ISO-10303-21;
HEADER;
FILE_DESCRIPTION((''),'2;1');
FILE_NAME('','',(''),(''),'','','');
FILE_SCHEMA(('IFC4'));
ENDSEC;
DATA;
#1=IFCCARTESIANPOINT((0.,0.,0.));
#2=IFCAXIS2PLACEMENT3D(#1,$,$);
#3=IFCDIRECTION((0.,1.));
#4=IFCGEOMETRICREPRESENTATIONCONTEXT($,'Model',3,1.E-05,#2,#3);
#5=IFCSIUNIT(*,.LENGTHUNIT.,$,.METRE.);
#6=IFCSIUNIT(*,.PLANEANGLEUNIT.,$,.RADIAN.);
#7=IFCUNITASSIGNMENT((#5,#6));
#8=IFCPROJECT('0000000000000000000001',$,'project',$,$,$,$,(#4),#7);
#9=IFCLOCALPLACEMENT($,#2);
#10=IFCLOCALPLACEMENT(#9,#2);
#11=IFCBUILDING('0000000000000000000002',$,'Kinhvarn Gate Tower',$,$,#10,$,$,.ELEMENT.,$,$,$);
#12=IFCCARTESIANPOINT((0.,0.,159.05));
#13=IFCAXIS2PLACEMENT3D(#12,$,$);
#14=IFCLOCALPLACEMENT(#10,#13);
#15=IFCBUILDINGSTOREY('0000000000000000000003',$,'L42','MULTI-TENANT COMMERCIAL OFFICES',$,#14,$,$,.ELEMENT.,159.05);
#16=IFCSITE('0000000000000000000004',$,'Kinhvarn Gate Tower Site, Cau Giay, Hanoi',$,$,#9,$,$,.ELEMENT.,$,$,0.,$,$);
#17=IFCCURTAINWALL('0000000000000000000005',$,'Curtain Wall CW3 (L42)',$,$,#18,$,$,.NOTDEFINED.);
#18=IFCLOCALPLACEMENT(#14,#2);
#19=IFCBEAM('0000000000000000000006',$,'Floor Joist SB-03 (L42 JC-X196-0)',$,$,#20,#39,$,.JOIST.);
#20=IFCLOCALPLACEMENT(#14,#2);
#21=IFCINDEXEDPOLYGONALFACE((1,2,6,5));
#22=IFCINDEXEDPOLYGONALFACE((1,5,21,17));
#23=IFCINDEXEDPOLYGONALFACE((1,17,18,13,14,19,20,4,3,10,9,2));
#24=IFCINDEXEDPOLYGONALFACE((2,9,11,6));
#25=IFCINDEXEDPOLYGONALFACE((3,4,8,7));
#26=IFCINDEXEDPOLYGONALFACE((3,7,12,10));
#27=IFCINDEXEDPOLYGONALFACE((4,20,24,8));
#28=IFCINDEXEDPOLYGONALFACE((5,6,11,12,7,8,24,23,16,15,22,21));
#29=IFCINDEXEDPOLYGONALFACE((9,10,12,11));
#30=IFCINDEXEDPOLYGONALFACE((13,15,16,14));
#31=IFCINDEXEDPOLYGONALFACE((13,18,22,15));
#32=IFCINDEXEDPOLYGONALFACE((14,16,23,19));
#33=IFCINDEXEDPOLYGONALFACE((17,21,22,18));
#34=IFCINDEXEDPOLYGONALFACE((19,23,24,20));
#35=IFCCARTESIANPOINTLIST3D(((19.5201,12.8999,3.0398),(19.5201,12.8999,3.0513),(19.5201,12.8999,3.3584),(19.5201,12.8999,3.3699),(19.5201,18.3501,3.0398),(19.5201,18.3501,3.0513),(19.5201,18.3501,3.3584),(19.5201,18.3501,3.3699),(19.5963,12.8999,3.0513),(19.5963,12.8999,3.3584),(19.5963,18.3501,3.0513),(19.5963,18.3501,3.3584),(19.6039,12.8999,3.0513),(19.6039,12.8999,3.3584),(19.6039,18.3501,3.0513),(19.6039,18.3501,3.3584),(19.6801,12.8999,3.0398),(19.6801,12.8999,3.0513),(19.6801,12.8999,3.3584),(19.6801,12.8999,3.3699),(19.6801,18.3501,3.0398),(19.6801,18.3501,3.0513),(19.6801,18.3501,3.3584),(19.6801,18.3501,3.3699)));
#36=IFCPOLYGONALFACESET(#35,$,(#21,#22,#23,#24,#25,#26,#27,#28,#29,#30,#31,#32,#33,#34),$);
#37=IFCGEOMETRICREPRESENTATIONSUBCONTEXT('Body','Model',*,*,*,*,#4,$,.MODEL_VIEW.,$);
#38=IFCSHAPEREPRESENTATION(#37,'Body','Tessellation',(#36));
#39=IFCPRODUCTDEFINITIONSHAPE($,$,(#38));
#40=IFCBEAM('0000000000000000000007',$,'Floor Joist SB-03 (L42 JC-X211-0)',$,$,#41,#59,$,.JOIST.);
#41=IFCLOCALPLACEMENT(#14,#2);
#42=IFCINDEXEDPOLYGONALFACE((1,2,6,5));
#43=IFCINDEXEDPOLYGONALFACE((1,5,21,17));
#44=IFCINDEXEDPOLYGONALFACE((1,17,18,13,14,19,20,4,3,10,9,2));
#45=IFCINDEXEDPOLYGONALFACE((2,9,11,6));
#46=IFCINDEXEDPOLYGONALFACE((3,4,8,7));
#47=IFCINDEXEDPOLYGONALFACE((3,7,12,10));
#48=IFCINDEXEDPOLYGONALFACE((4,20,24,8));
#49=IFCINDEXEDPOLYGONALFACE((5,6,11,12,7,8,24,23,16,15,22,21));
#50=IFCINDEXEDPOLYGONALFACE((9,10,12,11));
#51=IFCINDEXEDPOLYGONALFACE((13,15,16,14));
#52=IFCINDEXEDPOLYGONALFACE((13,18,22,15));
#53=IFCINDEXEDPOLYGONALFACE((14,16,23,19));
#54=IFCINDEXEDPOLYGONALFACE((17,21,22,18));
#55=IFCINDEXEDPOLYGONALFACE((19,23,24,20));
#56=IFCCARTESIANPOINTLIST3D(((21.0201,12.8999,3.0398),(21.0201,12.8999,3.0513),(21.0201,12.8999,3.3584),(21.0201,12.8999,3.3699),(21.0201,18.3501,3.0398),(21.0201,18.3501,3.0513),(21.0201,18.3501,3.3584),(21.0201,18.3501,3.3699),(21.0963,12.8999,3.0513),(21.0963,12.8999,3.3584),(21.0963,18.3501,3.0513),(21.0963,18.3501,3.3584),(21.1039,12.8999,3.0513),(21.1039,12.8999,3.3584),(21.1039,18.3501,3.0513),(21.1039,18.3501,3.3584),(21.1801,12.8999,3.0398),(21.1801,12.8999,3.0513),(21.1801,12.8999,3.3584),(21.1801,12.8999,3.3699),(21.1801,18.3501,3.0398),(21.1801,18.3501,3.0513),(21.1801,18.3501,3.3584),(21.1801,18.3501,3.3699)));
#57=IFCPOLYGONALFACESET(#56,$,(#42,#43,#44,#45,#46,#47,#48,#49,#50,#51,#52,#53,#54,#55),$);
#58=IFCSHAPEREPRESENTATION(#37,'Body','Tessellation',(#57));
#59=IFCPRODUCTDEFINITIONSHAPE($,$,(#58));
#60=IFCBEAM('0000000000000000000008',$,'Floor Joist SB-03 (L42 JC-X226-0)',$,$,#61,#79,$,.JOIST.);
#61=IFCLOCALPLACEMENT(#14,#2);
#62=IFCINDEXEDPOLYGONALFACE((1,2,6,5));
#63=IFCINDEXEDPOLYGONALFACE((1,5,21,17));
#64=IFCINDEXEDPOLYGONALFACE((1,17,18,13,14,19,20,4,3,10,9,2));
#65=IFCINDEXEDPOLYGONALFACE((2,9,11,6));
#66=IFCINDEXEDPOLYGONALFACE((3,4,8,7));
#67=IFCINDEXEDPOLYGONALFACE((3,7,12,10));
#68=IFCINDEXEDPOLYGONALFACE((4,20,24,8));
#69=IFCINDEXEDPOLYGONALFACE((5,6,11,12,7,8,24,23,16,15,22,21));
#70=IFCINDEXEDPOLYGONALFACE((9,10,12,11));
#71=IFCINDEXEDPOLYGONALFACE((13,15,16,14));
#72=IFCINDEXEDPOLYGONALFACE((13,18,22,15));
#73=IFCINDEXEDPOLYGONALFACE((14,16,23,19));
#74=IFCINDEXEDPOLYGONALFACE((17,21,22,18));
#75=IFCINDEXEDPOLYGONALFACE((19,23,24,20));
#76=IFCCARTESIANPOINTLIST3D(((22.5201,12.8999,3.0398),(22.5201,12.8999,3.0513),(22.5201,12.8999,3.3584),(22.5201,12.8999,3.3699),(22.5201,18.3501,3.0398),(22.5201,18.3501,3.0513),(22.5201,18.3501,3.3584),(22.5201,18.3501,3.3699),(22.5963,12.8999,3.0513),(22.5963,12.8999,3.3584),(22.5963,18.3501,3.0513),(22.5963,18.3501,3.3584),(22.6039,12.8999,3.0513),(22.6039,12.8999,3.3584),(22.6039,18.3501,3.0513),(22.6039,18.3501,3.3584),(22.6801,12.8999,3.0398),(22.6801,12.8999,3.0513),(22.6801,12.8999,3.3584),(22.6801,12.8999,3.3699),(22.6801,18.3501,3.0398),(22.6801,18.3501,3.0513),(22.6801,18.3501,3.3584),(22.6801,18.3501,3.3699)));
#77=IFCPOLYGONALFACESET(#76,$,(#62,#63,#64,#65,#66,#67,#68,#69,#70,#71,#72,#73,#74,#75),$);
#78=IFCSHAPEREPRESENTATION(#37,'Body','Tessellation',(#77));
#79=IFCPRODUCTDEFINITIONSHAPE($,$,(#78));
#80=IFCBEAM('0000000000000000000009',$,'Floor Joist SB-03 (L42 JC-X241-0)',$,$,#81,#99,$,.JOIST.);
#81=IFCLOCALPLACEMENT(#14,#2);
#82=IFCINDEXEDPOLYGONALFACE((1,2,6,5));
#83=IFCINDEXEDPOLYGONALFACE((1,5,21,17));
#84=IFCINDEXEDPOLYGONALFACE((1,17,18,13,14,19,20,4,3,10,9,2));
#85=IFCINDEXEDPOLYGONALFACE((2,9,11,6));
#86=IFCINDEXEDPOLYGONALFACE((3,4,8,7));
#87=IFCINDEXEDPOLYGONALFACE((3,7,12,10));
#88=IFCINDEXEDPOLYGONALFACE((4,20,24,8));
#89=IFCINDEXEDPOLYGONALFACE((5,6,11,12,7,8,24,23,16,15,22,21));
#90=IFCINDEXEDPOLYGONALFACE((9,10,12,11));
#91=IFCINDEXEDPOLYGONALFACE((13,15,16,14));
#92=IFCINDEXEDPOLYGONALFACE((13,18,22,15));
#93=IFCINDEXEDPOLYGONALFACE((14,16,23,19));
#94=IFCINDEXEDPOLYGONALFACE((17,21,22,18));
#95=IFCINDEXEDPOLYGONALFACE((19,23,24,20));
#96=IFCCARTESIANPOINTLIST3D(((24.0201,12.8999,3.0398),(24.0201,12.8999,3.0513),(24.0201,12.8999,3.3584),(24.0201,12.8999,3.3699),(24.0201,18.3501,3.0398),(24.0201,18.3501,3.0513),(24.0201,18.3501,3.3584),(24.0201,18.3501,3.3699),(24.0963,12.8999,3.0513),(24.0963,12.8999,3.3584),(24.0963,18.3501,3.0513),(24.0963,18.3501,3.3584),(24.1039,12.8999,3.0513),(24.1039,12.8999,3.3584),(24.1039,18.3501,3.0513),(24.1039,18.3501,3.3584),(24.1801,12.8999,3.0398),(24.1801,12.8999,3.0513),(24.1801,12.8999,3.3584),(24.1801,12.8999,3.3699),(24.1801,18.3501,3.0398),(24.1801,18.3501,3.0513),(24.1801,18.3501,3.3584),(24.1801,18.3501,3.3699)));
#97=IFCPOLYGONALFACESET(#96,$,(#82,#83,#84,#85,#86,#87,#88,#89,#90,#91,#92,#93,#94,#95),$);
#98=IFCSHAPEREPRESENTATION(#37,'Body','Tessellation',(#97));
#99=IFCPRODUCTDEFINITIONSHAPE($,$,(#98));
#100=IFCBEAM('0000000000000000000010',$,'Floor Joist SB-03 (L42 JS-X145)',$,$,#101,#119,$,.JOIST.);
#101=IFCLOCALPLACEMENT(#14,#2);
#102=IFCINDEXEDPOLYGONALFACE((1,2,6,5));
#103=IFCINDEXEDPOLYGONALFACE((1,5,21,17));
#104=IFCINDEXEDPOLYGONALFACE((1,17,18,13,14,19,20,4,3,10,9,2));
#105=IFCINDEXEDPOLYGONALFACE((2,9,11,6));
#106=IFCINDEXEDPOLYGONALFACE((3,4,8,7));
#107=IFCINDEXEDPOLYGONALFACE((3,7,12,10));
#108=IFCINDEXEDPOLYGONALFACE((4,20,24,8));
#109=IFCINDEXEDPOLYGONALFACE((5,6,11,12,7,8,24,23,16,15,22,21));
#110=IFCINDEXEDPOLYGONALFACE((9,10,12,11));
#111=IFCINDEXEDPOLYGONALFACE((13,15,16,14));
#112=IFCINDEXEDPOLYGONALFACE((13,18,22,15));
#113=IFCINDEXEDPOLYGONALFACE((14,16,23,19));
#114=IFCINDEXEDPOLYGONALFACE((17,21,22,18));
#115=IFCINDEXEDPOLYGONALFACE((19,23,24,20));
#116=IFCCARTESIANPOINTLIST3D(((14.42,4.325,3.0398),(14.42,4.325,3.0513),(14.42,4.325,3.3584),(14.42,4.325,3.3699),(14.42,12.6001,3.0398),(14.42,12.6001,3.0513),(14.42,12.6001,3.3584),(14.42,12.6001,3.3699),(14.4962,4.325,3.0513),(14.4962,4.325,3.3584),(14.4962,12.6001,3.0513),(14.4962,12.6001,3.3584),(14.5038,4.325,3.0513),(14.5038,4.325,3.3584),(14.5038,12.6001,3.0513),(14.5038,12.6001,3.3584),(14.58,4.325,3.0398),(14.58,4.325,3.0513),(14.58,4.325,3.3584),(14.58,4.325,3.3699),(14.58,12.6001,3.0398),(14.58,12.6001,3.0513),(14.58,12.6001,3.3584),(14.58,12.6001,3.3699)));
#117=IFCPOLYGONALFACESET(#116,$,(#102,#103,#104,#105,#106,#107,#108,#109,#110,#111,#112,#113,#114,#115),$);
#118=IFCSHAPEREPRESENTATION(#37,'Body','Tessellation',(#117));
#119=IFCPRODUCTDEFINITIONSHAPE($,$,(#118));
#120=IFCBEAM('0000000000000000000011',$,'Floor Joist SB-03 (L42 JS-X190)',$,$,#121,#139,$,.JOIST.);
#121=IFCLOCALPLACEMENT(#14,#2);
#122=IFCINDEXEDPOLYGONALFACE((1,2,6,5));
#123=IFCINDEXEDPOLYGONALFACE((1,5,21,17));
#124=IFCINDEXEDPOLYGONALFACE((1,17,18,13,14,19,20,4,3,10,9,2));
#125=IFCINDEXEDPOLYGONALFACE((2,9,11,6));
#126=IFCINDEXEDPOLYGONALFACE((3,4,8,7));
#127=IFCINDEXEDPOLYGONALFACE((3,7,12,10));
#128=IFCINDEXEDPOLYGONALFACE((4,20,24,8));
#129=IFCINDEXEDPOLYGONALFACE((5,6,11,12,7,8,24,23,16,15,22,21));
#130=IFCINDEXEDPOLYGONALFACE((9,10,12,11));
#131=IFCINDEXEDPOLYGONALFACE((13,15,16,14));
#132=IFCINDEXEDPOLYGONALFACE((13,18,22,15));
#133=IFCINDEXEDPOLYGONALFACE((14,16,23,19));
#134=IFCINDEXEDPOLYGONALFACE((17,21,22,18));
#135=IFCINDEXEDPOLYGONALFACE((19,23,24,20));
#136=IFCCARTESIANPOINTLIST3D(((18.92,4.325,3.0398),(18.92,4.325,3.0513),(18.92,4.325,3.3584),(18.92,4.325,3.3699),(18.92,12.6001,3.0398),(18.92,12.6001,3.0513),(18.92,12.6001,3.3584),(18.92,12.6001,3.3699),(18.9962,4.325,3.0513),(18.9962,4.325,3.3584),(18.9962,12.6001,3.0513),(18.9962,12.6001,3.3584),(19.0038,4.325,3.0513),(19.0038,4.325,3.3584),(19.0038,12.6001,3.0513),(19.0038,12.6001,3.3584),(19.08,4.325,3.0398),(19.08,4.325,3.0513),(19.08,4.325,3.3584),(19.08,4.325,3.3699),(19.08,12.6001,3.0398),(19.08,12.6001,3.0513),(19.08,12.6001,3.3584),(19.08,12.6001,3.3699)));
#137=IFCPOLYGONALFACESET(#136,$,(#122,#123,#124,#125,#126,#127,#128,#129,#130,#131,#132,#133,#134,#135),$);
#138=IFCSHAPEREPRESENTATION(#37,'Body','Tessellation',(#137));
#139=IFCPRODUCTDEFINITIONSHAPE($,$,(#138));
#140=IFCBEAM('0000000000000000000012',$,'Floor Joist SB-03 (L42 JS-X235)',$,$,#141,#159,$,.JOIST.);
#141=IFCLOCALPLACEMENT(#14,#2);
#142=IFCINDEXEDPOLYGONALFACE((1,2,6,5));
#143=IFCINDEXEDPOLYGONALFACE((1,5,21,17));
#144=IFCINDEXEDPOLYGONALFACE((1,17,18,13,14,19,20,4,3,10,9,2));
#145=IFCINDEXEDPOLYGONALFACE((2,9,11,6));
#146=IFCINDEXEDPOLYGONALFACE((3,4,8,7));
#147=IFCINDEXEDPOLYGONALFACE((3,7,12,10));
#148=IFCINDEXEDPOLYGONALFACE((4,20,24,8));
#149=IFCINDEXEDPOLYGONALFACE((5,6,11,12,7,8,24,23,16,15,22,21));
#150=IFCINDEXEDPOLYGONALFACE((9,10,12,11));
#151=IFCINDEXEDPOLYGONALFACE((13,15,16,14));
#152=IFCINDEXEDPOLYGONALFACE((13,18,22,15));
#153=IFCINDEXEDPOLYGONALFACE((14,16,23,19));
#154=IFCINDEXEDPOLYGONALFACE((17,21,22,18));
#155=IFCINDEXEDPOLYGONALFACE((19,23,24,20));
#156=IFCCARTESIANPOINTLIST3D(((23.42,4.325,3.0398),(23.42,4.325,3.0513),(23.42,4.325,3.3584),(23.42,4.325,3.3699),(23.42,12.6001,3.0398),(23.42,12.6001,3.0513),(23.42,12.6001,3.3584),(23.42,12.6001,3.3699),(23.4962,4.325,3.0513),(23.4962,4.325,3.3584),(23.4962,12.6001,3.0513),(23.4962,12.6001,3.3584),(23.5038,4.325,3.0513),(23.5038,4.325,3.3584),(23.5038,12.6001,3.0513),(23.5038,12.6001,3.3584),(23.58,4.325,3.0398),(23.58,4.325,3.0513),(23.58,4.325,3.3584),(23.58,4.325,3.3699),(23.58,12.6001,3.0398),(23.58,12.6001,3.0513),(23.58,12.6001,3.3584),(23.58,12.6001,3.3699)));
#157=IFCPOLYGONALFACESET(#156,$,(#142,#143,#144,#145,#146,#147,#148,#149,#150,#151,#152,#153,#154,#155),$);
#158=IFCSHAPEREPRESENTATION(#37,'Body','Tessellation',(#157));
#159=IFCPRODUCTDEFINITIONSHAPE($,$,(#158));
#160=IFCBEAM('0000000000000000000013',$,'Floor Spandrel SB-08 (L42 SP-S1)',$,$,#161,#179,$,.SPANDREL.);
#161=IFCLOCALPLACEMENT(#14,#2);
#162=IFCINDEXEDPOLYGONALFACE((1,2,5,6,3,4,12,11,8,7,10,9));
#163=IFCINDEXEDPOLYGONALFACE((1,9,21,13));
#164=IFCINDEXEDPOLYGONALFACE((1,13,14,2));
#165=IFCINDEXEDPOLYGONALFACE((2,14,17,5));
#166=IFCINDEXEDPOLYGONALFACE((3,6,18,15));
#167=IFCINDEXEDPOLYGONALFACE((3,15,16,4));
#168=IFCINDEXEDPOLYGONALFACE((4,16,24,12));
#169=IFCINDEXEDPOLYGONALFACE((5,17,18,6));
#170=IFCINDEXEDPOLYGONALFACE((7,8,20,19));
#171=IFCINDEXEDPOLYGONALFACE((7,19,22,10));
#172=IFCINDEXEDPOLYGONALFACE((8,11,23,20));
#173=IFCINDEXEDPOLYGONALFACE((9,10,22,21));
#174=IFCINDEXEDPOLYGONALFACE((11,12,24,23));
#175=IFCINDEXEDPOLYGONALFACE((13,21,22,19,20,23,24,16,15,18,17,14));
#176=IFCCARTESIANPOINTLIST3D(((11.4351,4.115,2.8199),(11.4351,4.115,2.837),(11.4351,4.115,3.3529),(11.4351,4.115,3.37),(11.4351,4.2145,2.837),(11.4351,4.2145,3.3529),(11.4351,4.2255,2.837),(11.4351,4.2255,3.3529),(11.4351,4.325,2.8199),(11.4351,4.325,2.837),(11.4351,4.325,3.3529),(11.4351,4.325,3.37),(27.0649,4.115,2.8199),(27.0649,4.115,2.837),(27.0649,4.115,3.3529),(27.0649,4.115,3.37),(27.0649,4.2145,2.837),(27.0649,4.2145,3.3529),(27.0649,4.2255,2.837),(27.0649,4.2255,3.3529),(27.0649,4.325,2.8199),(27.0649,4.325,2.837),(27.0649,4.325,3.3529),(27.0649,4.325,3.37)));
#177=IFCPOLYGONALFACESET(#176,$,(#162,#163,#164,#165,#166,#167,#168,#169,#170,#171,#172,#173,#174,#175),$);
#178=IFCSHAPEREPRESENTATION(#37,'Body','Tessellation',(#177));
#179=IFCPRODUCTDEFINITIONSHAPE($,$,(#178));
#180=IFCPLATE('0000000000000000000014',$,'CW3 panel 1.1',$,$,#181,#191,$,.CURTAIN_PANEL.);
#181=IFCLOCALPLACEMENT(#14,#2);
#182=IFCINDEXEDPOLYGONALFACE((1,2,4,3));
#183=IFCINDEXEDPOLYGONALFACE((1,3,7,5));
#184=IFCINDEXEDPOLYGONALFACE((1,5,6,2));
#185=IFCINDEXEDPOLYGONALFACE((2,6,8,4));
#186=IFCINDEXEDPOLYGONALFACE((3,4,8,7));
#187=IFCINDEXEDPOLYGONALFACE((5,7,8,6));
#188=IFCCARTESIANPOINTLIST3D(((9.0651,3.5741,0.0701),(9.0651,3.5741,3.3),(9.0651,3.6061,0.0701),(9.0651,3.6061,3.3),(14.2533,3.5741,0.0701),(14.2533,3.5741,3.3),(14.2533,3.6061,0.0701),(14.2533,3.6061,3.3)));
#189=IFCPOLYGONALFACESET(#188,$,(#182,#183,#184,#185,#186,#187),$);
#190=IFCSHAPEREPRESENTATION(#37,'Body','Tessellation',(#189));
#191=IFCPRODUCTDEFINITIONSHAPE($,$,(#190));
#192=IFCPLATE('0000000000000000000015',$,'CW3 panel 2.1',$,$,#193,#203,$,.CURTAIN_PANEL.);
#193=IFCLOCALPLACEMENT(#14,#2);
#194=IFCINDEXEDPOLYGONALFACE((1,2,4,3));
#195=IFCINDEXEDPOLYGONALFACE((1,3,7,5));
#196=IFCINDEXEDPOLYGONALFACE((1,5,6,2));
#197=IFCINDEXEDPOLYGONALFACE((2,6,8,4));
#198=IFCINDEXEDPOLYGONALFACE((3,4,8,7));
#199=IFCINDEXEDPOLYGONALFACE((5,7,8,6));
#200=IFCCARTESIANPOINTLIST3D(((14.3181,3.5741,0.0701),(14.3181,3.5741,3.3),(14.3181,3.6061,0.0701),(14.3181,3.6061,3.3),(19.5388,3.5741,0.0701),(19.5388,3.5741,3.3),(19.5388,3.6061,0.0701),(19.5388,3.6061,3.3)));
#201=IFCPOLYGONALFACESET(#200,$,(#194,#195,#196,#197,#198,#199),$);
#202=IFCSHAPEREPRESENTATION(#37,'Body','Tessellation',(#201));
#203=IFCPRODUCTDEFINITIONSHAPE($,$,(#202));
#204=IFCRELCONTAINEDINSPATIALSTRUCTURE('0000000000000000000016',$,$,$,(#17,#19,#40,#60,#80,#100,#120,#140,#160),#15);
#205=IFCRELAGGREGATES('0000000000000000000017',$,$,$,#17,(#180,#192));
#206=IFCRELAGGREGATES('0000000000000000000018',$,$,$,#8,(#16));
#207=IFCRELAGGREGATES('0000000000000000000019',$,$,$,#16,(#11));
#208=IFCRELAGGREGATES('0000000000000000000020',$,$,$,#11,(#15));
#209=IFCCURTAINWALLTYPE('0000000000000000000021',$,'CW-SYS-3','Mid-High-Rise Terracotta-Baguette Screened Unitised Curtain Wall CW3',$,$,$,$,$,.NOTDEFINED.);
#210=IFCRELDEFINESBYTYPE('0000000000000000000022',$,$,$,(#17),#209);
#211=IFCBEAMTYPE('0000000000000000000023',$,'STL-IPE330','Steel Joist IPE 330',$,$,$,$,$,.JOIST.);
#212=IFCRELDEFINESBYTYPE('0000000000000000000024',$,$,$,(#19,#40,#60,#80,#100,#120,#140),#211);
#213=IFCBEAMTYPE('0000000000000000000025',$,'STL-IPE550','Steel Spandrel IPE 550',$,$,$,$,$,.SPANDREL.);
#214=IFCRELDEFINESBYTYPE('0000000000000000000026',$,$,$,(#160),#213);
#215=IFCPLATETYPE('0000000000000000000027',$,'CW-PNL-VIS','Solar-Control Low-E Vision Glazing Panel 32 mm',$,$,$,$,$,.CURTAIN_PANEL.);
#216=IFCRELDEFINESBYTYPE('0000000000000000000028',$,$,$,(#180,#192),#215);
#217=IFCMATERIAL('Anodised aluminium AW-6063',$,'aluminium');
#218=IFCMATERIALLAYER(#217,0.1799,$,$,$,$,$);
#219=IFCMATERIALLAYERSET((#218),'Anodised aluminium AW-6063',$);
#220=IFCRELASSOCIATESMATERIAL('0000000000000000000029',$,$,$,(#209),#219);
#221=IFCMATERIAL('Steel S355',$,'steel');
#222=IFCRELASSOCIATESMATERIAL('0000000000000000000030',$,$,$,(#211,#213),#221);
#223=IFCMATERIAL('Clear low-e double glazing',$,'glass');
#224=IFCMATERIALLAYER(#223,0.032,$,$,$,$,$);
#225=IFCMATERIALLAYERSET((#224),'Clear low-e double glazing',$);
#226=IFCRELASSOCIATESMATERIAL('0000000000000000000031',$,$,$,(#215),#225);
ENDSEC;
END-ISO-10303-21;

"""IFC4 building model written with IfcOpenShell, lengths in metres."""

from ifc_helpers import new_model, si_unit, direction, frame, origin, origin_2d, place, context, subcontext, project, spatial, rectangle, i_section, extrude, material, layer, layer_set, material_profile, profile_set, type_object, element, aggregate, save


model = new_model("IFC4")

# Units and contexts
model_context = context("Model", 3, precision=1e-05, world=origin(), true_north=direction((0.0, 1.0)))
body_context = subcontext(model_context, "Body", "Model", "MODEL_VIEW")
ifc_project = project(units=[si_unit("LENGTHUNIT", "METRE"), si_unit("PLANEANGLEUNIT", "RADIAN")], contexts=[model_context])

# Site, building, storey
site_placement = place(None, origin())
site = spatial("IfcSite", under=ifc_project, at=site_placement, Name="Kinhvarn Gate Tower Site, Cau Giay, Hanoi", CompositionType="ELEMENT", RefElevation=0.0)
building_placement = place(site_placement, origin())
building = spatial("IfcBuilding", under=site, at=building_placement, Name="Kinhvarn Gate Tower", CompositionType="ELEMENT")
storey_placement = place(building_placement, frame((0.0, 0.0, 159.05)))
storey = spatial("IfcBuildingStorey", under=building, at=storey_placement, Name="L42", Description="MULTI-TENANT COMMERCIAL OFFICES", CompositionType="ELEMENT", Elevation=159.05)

# Curtain wall
ifc_material_1 = material(Name="Anodised aluminium AW-6063", Category="aluminium")
ifc_layer_1 = layer(ifc_material_1, 0.1799)
ifc_layer_set_1 = layer_set([ifc_layer_1], Name="Anodised aluminium AW-6063")
curtain_wall_type = type_object("IfcCurtainWallType", Name="CW-SYS-3", Description="Mid-High-Rise Terracotta-Baguette Screened Unitised Curtain Wall CW3", PredefinedType="NOTDEFINED", material=ifc_layer_set_1)
curtain_wall_placement = place(storey_placement, origin())
curtain_wall = element("IfcCurtainWall", 1, at=curtain_wall_placement, inside=storey, type_object=curtain_wall_type, Name="Curtain Wall CW3 (L42)", PredefinedType="NOTDEFINED")

# Beams
ifc_material_2 = material(Name="Steel S355", Category="steel")
ifc_material_profile_1 = material_profile(ifc_material_2, i_section(OverallWidth=0.1599, OverallDepth=0.3301, WebThickness=0.0076, FlangeThickness=0.0115, at=origin_2d()), Name="IPE 330")
ifc_profile_set_1 = profile_set([ifc_material_profile_1], Name="Steel S355")
beam_type_1 = type_object("IfcBeamType", Name="STL-IPE330", Description="Steel Joist IPE 330", PredefinedType="JOIST", material=ifc_profile_set_1)
for number, where, z_axis, x_axis, name in (
    (2, (19.6001, 12.8999, 3.2048), (0.0, 1.0, 0.0), (-1.0, 0.0, 0.0), "Floor Joist SB-03 (L42 JC-X196-0)"),
    (3, (21.1001, 12.8999, 3.2048), (0.0, 1.0, 0.0), (-1.0, 0.0, 0.0), "Floor Joist SB-03 (L42 JC-X211-0)"),
    (4, (22.6001, 12.8999, 3.2048), (0.0, 1.0, 0.0), (-1.0, 0.0, 0.0), "Floor Joist SB-03 (L42 JC-X226-0)"),
    (5, (24.1001, 12.8999, 3.2048), (0.0, 1.0, 0.0), (-1.0, 0.0, 0.0), "Floor Joist SB-03 (L42 JC-X241-0)"),
):
    element("IfcBeam", number, at=place(storey_placement, frame(where, z_axis=z_axis, x_axis=x_axis)), inside=storey, type_object=beam_type_1, Name=name, PredefinedType="JOIST", context=body_context, shape_type="SweptSolid", body=[
        extrude(i_section(OverallWidth=0.1599, OverallDepth=0.3301, WebThickness=0.0076, FlangeThickness=0.0115, at=origin_2d()), origin(), (0.0, 0.0, 1.0), 5.4502),
    ])
for number, where, z_axis, x_axis, name in (
    (6, (14.5, 4.325, 3.2048), (0.0, 1.0, 0.0), (-1.0, 0.0, 0.0), "Floor Joist SB-03 (L42 JS-X145)"),
    (7, (19.0, 4.325, 3.2048), (0.0, 1.0, 0.0), (-1.0, 0.0, 0.0), "Floor Joist SB-03 (L42 JS-X190)"),
    (8, (23.5, 4.325, 3.2048), (0.0, 1.0, 0.0), (-1.0, 0.0, 0.0), "Floor Joist SB-03 (L42 JS-X235)"),
):
    element("IfcBeam", number, at=place(storey_placement, frame(where, z_axis=z_axis, x_axis=x_axis)), inside=storey, type_object=beam_type_1, Name=name, PredefinedType="JOIST", context=body_context, shape_type="SweptSolid", body=[
        extrude(i_section(OverallWidth=0.1599, OverallDepth=0.3301, WebThickness=0.0076, FlangeThickness=0.0115, at=origin_2d()), origin(), (0.0, 0.0, 1.0), 8.2751),
    ])
ifc_material_profile_2 = material_profile(ifc_material_2, i_section(OverallWidth=0.21, OverallDepth=0.55, WebThickness=0.011, FlangeThickness=0.0171, at=origin_2d()), Name="IPE 550")
ifc_profile_set_2 = profile_set([ifc_material_profile_2], Name="Steel S355")
beam_type_2 = type_object("IfcBeamType", Name="STL-IPE550", Description="Steel Spandrel IPE 550", PredefinedType="SPANDREL", material=ifc_profile_set_2)
beam_1_placement = place(storey_placement, frame((11.4351, 4.22, 3.095), z_axis=(1.0, 0.0, 0.0), x_axis=(0.0, 1.0, 0.0)))
element("IfcBeam", 9, at=beam_1_placement, inside=storey, type_object=beam_type_2, Name="Floor Spandrel SB-08 (L42 SP-S1)", PredefinedType="SPANDREL", context=body_context, shape_type="SweptSolid", body=[
    extrude(i_section(OverallWidth=0.21, OverallDepth=0.55, WebThickness=0.011, FlangeThickness=0.0171, at=origin_2d()), origin(), (0.0, 0.0, 1.0), 15.6299),
])

# Plates
ifc_material_3 = material(Name="Clear low-e double glazing", Category="glass")
ifc_layer_2 = layer(ifc_material_3, 0.032)
ifc_layer_set_2 = layer_set([ifc_layer_2], Name="Clear low-e double glazing")
plate_type = type_object("IfcPlateType", Name="CW-PNL-VIS", Description="Solar-Control Low-E Vision Glazing Panel 32 mm", PredefinedType="CURTAIN_PANEL", material=ifc_layer_set_2)
plate_1_placement = place(storey_placement, frame((11.6592, 3.5901, 0.0701), z_axis=(0.0, 0.0, 1.0), x_axis=(1.0, 0.0, 0.0)))
plate_1 = element("IfcPlate", 10, at=plate_1_placement, type_object=plate_type, Name="CW3 panel 1.1", PredefinedType="CURTAIN_PANEL", context=body_context, shape_type="SweptSolid", body=[
    extrude(rectangle(XDim=5.1882, YDim=0.032, at=origin_2d()), origin(), (0.0, 0.0, 1.0), 3.23),
])
plate_2_placement = place(storey_placement, frame((16.9285, 3.5901, 0.0701), z_axis=(0.0, 0.0, 1.0), x_axis=(1.0, 0.0, 0.0)))
plate_2 = element("IfcPlate", 11, at=plate_2_placement, type_object=plate_type, Name="CW3 panel 2.1", PredefinedType="CURTAIN_PANEL", context=body_context, shape_type="SweptSolid", body=[
    extrude(rectangle(XDim=5.2207, YDim=0.032, at=origin_2d()), origin(), (0.0, 0.0, 1.0), 3.23),
])
aggregate(curtain_wall, [plate_1, plate_2])

save(model, "model.ifc")
